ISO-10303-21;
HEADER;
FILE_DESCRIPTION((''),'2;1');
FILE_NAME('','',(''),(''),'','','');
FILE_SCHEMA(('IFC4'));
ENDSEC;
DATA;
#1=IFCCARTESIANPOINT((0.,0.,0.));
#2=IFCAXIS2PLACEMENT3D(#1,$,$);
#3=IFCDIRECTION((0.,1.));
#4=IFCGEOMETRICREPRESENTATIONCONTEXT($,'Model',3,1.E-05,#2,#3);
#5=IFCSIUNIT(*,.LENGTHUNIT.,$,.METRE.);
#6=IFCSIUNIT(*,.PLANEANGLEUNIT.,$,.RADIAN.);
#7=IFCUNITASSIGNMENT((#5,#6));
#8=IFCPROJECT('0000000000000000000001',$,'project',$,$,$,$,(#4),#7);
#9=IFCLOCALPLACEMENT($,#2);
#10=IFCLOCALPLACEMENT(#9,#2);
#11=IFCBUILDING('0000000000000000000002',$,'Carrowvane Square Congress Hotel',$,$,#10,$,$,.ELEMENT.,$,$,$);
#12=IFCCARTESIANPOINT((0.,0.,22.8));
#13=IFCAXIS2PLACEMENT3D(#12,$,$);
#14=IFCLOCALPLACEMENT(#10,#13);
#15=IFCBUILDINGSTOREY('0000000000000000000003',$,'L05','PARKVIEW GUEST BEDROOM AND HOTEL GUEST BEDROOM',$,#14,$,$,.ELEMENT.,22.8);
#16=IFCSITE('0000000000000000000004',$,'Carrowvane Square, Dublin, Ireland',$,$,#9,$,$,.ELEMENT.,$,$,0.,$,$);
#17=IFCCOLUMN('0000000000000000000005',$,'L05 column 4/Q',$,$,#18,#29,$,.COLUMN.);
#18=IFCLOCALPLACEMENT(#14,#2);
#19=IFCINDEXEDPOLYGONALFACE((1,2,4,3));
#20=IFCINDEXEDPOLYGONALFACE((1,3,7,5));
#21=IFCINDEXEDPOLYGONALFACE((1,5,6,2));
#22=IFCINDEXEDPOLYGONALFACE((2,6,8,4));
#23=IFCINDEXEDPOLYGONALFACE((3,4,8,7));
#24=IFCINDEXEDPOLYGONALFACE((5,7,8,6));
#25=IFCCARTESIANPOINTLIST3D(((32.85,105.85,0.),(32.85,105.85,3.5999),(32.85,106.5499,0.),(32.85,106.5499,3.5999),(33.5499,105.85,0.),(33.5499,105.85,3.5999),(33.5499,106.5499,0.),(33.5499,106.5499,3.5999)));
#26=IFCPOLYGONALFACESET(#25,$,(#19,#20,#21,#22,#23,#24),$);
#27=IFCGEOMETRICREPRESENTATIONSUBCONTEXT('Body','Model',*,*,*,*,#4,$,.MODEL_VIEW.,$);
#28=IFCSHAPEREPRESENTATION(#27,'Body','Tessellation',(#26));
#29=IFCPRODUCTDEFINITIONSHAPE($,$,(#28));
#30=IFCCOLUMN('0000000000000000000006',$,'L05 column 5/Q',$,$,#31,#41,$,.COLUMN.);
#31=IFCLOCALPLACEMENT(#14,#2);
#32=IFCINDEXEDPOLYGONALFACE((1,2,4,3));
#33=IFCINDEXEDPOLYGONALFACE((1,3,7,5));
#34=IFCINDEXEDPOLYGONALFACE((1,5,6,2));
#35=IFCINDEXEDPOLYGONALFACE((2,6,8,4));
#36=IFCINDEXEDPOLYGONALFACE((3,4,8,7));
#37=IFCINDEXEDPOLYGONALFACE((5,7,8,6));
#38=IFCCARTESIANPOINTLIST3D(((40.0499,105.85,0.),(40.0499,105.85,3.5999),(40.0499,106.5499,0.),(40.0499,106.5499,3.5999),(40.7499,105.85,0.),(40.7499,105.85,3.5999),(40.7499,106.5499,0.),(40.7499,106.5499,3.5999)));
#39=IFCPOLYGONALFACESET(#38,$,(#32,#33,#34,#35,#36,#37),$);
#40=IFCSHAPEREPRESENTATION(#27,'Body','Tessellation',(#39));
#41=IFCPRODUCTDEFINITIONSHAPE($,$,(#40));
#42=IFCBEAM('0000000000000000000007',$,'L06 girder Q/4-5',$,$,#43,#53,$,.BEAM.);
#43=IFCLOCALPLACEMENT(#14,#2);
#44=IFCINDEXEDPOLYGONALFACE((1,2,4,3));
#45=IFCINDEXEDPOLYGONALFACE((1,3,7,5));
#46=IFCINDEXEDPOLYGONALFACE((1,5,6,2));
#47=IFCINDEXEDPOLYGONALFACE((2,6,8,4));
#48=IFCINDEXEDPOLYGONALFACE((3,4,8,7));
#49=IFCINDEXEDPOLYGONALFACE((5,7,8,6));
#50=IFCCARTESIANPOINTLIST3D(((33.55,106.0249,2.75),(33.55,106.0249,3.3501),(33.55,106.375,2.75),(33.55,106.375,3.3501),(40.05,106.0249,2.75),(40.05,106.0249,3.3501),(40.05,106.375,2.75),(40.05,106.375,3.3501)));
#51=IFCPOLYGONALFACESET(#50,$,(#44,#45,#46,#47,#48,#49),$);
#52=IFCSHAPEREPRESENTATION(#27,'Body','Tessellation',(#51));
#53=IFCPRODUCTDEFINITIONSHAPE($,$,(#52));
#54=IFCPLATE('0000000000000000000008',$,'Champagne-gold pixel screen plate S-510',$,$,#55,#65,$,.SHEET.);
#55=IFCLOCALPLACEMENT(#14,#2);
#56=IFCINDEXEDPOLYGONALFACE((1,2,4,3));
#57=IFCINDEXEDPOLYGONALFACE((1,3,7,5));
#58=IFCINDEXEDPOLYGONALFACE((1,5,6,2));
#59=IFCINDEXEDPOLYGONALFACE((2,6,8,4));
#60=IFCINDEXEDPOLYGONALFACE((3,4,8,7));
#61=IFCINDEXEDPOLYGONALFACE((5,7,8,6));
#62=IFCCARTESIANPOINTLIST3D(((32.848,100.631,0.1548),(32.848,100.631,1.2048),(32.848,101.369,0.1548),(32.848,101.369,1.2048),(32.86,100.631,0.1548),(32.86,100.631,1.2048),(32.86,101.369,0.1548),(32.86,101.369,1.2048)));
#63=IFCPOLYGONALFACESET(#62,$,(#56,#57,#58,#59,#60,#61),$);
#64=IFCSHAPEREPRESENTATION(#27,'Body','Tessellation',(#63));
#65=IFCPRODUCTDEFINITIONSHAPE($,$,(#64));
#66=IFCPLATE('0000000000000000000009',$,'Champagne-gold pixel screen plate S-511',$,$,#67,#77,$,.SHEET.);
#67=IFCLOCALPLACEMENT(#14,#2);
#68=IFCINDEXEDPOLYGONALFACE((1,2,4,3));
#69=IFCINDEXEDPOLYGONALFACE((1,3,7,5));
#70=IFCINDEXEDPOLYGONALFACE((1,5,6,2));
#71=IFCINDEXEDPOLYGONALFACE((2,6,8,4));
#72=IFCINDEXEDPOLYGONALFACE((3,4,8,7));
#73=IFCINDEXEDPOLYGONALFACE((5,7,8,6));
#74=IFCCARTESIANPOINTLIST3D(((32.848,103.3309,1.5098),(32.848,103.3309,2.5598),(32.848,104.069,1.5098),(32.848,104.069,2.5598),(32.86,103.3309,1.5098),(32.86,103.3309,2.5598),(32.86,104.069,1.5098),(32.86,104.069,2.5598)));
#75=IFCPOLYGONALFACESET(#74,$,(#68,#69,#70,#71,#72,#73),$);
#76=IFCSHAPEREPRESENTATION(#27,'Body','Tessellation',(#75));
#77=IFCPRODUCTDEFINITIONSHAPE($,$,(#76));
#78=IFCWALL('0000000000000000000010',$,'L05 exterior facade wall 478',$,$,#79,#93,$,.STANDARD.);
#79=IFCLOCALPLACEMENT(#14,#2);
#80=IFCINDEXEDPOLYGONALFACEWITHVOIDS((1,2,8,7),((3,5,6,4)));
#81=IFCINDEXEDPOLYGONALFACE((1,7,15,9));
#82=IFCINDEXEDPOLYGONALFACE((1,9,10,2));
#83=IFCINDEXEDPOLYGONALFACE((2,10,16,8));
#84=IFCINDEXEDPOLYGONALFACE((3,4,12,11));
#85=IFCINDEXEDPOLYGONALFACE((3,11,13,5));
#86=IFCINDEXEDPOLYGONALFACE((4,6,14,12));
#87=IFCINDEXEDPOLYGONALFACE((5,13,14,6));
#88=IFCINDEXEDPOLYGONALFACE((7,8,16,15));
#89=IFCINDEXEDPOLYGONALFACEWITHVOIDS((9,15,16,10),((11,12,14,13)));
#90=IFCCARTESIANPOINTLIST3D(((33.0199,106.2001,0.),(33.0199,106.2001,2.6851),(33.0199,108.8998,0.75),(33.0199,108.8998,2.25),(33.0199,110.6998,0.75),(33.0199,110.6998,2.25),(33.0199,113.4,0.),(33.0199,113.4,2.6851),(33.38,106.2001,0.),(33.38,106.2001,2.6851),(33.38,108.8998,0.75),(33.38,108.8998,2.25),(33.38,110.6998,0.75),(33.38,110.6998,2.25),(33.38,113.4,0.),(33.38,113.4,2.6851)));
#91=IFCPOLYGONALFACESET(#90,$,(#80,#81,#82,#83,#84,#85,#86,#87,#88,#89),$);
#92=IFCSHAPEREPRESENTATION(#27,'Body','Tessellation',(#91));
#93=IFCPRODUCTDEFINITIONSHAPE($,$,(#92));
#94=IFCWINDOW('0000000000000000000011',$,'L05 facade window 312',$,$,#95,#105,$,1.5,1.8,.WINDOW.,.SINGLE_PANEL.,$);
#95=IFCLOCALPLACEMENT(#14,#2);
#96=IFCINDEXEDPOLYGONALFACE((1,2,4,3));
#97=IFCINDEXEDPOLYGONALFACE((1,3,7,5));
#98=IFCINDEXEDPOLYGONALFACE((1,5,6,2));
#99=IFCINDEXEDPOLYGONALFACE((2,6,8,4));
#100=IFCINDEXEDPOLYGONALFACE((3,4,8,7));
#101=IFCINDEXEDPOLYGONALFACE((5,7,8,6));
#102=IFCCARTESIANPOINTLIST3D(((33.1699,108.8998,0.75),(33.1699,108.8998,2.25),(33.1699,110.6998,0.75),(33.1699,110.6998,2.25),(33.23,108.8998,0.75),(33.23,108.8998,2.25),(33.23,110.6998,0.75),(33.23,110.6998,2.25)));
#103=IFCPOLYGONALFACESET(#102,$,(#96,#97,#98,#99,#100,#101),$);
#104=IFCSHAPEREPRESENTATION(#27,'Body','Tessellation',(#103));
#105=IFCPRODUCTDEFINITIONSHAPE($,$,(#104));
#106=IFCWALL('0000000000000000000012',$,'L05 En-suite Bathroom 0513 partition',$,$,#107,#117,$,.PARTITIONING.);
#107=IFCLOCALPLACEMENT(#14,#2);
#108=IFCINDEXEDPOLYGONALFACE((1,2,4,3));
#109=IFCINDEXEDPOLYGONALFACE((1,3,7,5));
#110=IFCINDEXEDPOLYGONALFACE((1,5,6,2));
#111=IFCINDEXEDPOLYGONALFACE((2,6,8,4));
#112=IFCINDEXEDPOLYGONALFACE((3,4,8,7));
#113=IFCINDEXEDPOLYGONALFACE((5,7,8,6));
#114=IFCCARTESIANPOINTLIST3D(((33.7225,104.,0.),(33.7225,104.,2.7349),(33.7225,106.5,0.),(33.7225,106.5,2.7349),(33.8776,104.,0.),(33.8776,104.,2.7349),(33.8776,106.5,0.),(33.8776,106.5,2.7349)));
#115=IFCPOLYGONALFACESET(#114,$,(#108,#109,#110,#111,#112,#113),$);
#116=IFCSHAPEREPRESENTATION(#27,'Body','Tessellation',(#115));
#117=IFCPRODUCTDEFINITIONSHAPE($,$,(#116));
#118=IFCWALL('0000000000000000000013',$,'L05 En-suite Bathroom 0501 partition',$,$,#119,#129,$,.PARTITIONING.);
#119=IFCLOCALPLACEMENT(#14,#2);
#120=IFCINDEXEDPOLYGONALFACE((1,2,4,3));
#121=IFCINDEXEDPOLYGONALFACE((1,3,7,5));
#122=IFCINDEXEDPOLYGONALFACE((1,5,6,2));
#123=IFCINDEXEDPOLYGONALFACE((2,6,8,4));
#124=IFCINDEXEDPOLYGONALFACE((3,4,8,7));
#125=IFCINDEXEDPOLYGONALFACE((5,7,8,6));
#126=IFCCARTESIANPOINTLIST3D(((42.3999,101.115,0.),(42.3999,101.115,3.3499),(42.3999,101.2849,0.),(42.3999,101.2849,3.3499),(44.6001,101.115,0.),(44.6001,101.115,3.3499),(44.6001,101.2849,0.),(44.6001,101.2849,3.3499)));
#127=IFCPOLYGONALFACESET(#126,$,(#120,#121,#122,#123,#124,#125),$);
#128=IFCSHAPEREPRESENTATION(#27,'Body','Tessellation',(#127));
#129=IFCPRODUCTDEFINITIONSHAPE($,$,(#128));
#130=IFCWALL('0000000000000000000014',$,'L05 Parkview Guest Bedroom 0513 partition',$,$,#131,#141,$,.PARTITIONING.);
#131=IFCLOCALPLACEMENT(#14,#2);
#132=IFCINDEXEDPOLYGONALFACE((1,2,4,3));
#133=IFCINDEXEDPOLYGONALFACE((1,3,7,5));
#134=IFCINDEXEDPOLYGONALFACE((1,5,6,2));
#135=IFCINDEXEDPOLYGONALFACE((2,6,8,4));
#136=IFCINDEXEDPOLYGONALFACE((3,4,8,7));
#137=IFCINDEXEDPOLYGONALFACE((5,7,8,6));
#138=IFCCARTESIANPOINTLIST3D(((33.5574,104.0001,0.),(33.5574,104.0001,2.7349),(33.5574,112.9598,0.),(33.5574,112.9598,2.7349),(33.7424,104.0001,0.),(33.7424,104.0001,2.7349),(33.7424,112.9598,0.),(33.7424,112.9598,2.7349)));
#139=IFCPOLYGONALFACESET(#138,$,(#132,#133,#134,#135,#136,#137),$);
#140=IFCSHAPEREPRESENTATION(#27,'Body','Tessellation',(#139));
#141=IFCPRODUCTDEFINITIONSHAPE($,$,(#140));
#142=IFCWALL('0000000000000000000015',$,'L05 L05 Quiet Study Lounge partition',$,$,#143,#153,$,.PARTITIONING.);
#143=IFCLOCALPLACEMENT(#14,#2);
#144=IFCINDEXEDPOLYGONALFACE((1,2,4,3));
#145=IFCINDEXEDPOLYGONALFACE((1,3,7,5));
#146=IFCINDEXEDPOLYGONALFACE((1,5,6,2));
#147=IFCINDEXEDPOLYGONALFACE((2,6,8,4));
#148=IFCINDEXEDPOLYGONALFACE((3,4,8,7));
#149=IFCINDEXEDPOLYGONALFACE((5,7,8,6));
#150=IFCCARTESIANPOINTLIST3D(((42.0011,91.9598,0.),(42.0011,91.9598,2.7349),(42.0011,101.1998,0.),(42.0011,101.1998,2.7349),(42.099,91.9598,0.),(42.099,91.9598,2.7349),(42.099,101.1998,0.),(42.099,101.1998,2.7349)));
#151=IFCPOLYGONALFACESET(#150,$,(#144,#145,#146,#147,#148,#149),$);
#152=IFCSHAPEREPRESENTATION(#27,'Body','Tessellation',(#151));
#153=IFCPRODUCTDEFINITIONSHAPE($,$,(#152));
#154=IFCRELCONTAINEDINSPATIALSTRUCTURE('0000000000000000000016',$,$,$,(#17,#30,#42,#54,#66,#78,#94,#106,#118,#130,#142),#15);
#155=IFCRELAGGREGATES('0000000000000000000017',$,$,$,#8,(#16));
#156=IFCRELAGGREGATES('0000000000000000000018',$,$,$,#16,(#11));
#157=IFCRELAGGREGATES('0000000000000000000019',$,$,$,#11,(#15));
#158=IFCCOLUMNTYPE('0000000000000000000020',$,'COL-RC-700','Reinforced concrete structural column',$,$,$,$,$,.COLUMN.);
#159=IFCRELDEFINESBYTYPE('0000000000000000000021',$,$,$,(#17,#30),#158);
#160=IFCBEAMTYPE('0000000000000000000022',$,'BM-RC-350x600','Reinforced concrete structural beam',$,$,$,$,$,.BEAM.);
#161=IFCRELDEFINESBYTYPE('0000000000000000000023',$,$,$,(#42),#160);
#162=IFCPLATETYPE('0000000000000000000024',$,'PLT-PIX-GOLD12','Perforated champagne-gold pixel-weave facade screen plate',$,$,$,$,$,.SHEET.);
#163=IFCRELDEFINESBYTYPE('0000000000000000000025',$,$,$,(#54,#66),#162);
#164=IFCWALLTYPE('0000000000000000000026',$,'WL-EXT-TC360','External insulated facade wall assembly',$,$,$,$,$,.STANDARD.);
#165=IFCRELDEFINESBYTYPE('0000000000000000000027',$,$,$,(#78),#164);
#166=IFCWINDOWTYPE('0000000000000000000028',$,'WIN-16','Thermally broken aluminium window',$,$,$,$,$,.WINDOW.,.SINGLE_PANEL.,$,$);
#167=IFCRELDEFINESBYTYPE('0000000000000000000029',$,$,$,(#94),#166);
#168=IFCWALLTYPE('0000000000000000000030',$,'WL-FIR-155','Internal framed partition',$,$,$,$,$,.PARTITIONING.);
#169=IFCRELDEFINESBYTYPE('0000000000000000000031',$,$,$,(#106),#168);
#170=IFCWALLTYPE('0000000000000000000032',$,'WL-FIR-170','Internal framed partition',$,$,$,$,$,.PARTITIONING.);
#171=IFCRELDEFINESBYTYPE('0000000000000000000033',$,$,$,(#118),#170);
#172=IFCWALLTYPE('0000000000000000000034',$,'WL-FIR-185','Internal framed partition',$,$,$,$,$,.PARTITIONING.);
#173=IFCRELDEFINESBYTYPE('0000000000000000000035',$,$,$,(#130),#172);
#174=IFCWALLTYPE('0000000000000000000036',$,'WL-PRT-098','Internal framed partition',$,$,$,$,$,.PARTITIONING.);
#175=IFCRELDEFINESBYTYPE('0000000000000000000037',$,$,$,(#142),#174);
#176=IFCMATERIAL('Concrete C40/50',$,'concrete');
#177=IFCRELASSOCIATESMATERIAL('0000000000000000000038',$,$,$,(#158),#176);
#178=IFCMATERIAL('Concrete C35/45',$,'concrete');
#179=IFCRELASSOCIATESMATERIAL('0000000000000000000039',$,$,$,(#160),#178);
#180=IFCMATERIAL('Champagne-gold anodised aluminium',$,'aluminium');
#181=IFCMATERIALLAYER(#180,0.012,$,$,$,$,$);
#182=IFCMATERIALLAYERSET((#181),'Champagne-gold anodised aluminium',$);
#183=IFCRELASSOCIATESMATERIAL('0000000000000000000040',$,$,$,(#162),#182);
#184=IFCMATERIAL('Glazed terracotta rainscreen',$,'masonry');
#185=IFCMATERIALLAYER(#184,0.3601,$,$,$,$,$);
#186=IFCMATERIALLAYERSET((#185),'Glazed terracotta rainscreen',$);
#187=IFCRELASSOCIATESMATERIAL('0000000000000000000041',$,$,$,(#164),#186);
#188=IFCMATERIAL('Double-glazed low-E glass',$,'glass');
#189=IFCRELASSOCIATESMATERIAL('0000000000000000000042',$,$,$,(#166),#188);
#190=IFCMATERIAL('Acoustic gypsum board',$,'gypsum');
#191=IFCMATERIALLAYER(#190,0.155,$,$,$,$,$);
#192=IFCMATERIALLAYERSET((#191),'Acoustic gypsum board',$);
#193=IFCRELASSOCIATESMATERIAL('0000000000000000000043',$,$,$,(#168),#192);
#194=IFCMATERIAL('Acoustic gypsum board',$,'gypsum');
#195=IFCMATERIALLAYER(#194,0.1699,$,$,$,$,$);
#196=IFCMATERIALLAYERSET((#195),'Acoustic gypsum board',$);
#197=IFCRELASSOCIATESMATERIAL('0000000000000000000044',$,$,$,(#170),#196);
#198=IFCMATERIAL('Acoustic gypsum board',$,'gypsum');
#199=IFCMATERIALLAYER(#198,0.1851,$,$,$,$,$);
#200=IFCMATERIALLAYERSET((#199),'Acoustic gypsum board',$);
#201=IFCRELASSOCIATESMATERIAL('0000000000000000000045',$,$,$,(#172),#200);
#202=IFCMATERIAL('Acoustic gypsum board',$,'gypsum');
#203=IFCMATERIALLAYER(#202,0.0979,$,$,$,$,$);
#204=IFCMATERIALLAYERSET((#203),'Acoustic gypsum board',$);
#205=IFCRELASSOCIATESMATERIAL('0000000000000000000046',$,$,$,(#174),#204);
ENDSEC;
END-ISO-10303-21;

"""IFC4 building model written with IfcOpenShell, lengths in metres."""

from ifc_helpers import new_model, si_unit, direction, frame, frame_2d, origin, origin_2d, place, context, subcontext, project, spatial, rectangle, extrude, material, layer, layer_set, material_profile, profile_set, type_object, element, fill, save


model = new_model("IFC4")

# Units and contexts
model_context = context("Model", 3, precision=1e-05, world=origin(), true_north=direction((0.0, 1.0)))
body_context = subcontext(model_context, "Body", "Model", "MODEL_VIEW")
ifc_project = project(units=[si_unit("LENGTHUNIT", "METRE"), si_unit("PLANEANGLEUNIT", "RADIAN")], contexts=[model_context])

# Site, building, storey
site_placement = place(None, origin())
site = spatial("IfcSite", under=ifc_project, at=site_placement, Name="Carrowvane Square, Dublin, Ireland", CompositionType="ELEMENT", RefElevation=0.0)
building_placement = place(site_placement, origin())
building = spatial("IfcBuilding", under=site, at=building_placement, Name="Carrowvane Square Congress Hotel", CompositionType="ELEMENT")
storey_placement = place(building_placement, frame((0.0, 0.0, 22.8)))
storey = spatial("IfcBuildingStorey", under=building, at=storey_placement, Name="L05", Description="PARKVIEW GUEST BEDROOM AND HOTEL GUEST BEDROOM", CompositionType="ELEMENT", Elevation=22.8)

# Columns
ifc_material_1 = material(Name="Concrete C40/50", Category="concrete")
ifc_material_profile_1 = material_profile(ifc_material_1, rectangle(XDim=0.7, YDim=0.7, at=origin_2d()), Name="RC 700x700")
ifc_profile_set_1 = profile_set([ifc_material_profile_1], Name="Concrete C40/50")
column_type = type_object("IfcColumnType", Name="COL-RC-700", Description="Reinforced concrete structural column", PredefinedType="COLUMN", material=ifc_profile_set_1)
for number, where, z_axis, x_axis, name in (
    (1, (33.2, 106.2, 0.0), (0.0, 0.0, 1.0), (1.0, 0.0, 0.0), "L05 column 4/Q"),
    (2, (40.3999, 106.2, 0.0), (0.0, 0.0, 1.0), (1.0, 0.0, 0.0), "L05 column 5/Q"),
):
    element("IfcColumn", number, at=place(storey_placement, frame(where, z_axis=z_axis, x_axis=x_axis)), inside=storey, type_object=column_type, Name=name, PredefinedType="COLUMN", context=body_context, shape_type="SweptSolid", body=[
        extrude(rectangle(XDim=0.7, YDim=0.7, at=origin_2d()), origin(), (0.0, 0.0, 1.0), 3.5999),
    ])

# Beam
ifc_material_2 = material(Name="Concrete C35/45", Category="concrete")
ifc_material_profile_2 = material_profile(ifc_material_2, rectangle(XDim=0.3501, YDim=0.6001, at=origin_2d()), Name="RC 350x600")
ifc_profile_set_2 = profile_set([ifc_material_profile_2], Name="Concrete C35/45")
beam_type = type_object("IfcBeamType", Name="BM-RC-350x600", Description="Reinforced concrete structural beam", PredefinedType="BEAM", material=ifc_profile_set_2)
beam_placement = place(storey_placement, frame((33.55, 106.2, 3.05), z_axis=(1.0, 0.0, 0.0), x_axis=(0.0, 1.0, 0.0)))
element("IfcBeam", 3, at=beam_placement, inside=storey, type_object=beam_type, Name="L06 girder Q/4-5", PredefinedType="BEAM", context=body_context, shape_type="SweptSolid", body=[
    extrude(rectangle(XDim=0.3501, YDim=0.6001, at=origin_2d()), origin(), (0.0, 0.0, 1.0), 6.5),
])

# Plates
ifc_material_3 = material(Name="Champagne-gold anodised aluminium", Category="aluminium")
ifc_layer_1 = layer(ifc_material_3, 0.012)
ifc_layer_set_1 = layer_set([ifc_layer_1], Name="Champagne-gold anodised aluminium")
plate_type = type_object("IfcPlateType", Name="PLT-PIX-GOLD12", Description="Perforated champagne-gold pixel-weave facade screen plate", PredefinedType="SHEET", material=ifc_layer_set_1)
for number, where, z_axis, x_axis, name in (
    (4, (32.854, 101.0, 0.1548), (0.0, 0.0, 1.0), (0.0, 1.0, 0.0), "Champagne-gold pixel screen plate S-510"),
    (5, (32.854, 103.7, 1.5098), (0.0, 0.0, 1.0), (0.0, 1.0, 0.0), "Champagne-gold pixel screen plate S-511"),
):
    element("IfcPlate", number, at=place(storey_placement, frame(where, z_axis=z_axis, x_axis=x_axis)), inside=storey, type_object=plate_type, Name=name, PredefinedType="SHEET", context=body_context, shape_type="SweptSolid", body=[
        extrude(rectangle(XDim=0.738, YDim=0.012, at=origin_2d()), origin(), (0.0, 0.0, 1.0), 1.05),
    ])

# Wall, opening, window
ifc_material_4 = material(Name="Glazed terracotta rainscreen", Category="masonry")
ifc_layer_2 = layer(ifc_material_4, 0.3601)
ifc_layer_set_2 = layer_set([ifc_layer_2], Name="Glazed terracotta rainscreen")
wall_type_1 = type_object("IfcWallType", Name="WL-EXT-TC360", Description="External insulated facade wall assembly", PredefinedType="STANDARD", material=ifc_layer_set_2)
wall_1_placement = place(storey_placement, frame((33.2, 106.2, 0.0), z_axis=(0.0, 0.0, 1.0), x_axis=(0.0, 1.0, 0.0)))
wall_1 = element("IfcWall", 6, at=wall_1_placement, inside=storey, type_object=wall_type_1, Name="L05 exterior facade wall 478", PredefinedType="STANDARD", context=body_context, shape_type="SweptSolid", body=[
    extrude(rectangle(XDim=7.2, YDim=0.3601, at=frame_2d((3.6001, 0.0))), origin(), (0.0, 0.0, 1.0), 2.6851),
])
opening_1_placement = place(wall_1_placement, frame((2.7, 0.0, 0.75)))
opening_1 = element("IfcOpeningElement", 7, at=opening_1_placement, cuts=wall_1, PredefinedType="OPENING", context=body_context, shape_type="SweptSolid", body=[
    extrude(rectangle(XDim=1.8, YDim=1.5, at=frame_2d((0.8999, 0.75))), frame((0.0, 0.1899, 0.0), z_axis=(0.0, -1.0, 0.0), x_axis=(1.0, 0.0, 0.0)), (0.0, 0.0, 1.0), 0.3801),
])
ifc_material_5 = material(Name="Double-glazed low-E glass", Category="glass")
window_type = type_object("IfcWindowType", Name="WIN-16", Description="Thermally broken aluminium window", PartitioningType="SINGLE_PANEL", PredefinedType="WINDOW", material=ifc_material_5)
window_placement = place(opening_1_placement, origin())
window = element("IfcWindow", 8, at=window_placement, inside=storey, type_object=window_type, Name="L05 facade window 312", OverallHeight=1.5, OverallWidth=1.8, PartitioningType="SINGLE_PANEL", PredefinedType="WINDOW", context=body_context, shape_type="SweptSolid", body=[
    extrude(rectangle(XDim=1.8, YDim=1.5, at=frame_2d((0.8999, 0.75))), frame((0.0, 0.03, 0.0), z_axis=(0.0, -1.0, 0.0), x_axis=(1.0, 0.0, 0.0)), (0.0, 0.0, 1.0), 0.0601),
])
fill(opening_1, window)

# Walls
ifc_material_6 = material(Name="Acoustic gypsum board", Category="gypsum")
ifc_layer_3 = layer(ifc_material_6, 0.155)
ifc_layer_set_3 = layer_set([ifc_layer_3], Name="Acoustic gypsum board")
wall_type_2 = type_object("IfcWallType", Name="WL-FIR-155", Description="Internal framed partition", PredefinedType="PARTITIONING", material=ifc_layer_set_3)
wall_2_placement = place(storey_placement, frame((33.8, 104.0, 0.0), z_axis=(0.0, 0.0, 1.0), x_axis=(0.0, 1.0, 0.0)))
element("IfcWall", 9, at=wall_2_placement, inside=storey, type_object=wall_type_2, Name="L05 En-suite Bathroom 0513 partition", PredefinedType="PARTITIONING", context=body_context, shape_type="SweptSolid", body=[
    extrude(rectangle(XDim=2.5, YDim=0.155, at=frame_2d((1.25, 0.0))), origin(), (0.0, 0.0, 1.0), 2.7349),
])
ifc_material_7 = material(Name="Acoustic gypsum board", Category="gypsum")
ifc_layer_4 = layer(ifc_material_7, 0.1699)
ifc_layer_set_4 = layer_set([ifc_layer_4], Name="Acoustic gypsum board")
wall_type_3 = type_object("IfcWallType", Name="WL-FIR-170", Description="Internal framed partition", PredefinedType="PARTITIONING", material=ifc_layer_set_4)
wall_3_placement = place(storey_placement, frame((42.3999, 101.2, 0.0), z_axis=(0.0, 0.0, 1.0), x_axis=(1.0, 0.0, 0.0)))
element("IfcWall", 10, at=wall_3_placement, inside=storey, type_object=wall_type_3, Name="L05 En-suite Bathroom 0501 partition", PredefinedType="PARTITIONING", context=body_context, shape_type="SweptSolid", body=[
    extrude(rectangle(XDim=2.2002, YDim=0.1699, at=frame_2d((1.1001, 0.0))), origin(), (0.0, 0.0, 1.0), 3.3499),
])

# Walls
ifc_material_8 = material(Name="Acoustic gypsum board", Category="gypsum")
ifc_layer_5 = layer(ifc_material_8, 0.1851)
ifc_layer_set_5 = layer_set([ifc_layer_5], Name="Acoustic gypsum board")
wall_type_4 = type_object("IfcWallType", Name="WL-FIR-185", Description="Internal framed partition", PredefinedType="PARTITIONING", material=ifc_layer_set_5)
wall_4_placement = place(storey_placement, frame((33.6499, 104.0, 0.0), z_axis=(0.0, 0.0, 1.0), x_axis=(0.0, 1.0, 0.0)))
element("IfcWall", 11, at=wall_4_placement, inside=storey, type_object=wall_type_4, Name="L05 Parkview Guest Bedroom 0513 partition", PredefinedType="PARTITIONING", context=body_context, shape_type="SweptSolid", body=[
    extrude(rectangle(XDim=8.9597, YDim=0.1851, at=frame_2d((4.48, 0.0))), origin(), (0.0, 0.0, 1.0), 2.7349),
])
ifc_material_9 = material(Name="Acoustic gypsum board", Category="gypsum")
ifc_layer_6 = layer(ifc_material_9, 0.0979)
ifc_layer_set_6 = layer_set([ifc_layer_6], Name="Acoustic gypsum board")
wall_type_5 = type_object("IfcWallType", Name="WL-PRT-098", Description="Internal framed partition", PredefinedType="PARTITIONING", material=ifc_layer_set_6)
wall_5_placement = place(storey_placement, frame((42.05, 101.2, 0.0), z_axis=(0.0, 0.0, 1.0), x_axis=(0.0, -1.0, 0.0)))
element("IfcWall", 12, at=wall_5_placement, inside=storey, type_object=wall_type_5, Name="L05 L05 Quiet Study Lounge partition", PredefinedType="PARTITIONING", context=body_context, shape_type="SweptSolid", body=[
    extrude(rectangle(XDim=9.24, YDim=0.0979, at=frame_2d((4.6201, 0.0))), origin(), (0.0, 0.0, 1.0), 2.7349),
])

save(model, "model.ifc")
